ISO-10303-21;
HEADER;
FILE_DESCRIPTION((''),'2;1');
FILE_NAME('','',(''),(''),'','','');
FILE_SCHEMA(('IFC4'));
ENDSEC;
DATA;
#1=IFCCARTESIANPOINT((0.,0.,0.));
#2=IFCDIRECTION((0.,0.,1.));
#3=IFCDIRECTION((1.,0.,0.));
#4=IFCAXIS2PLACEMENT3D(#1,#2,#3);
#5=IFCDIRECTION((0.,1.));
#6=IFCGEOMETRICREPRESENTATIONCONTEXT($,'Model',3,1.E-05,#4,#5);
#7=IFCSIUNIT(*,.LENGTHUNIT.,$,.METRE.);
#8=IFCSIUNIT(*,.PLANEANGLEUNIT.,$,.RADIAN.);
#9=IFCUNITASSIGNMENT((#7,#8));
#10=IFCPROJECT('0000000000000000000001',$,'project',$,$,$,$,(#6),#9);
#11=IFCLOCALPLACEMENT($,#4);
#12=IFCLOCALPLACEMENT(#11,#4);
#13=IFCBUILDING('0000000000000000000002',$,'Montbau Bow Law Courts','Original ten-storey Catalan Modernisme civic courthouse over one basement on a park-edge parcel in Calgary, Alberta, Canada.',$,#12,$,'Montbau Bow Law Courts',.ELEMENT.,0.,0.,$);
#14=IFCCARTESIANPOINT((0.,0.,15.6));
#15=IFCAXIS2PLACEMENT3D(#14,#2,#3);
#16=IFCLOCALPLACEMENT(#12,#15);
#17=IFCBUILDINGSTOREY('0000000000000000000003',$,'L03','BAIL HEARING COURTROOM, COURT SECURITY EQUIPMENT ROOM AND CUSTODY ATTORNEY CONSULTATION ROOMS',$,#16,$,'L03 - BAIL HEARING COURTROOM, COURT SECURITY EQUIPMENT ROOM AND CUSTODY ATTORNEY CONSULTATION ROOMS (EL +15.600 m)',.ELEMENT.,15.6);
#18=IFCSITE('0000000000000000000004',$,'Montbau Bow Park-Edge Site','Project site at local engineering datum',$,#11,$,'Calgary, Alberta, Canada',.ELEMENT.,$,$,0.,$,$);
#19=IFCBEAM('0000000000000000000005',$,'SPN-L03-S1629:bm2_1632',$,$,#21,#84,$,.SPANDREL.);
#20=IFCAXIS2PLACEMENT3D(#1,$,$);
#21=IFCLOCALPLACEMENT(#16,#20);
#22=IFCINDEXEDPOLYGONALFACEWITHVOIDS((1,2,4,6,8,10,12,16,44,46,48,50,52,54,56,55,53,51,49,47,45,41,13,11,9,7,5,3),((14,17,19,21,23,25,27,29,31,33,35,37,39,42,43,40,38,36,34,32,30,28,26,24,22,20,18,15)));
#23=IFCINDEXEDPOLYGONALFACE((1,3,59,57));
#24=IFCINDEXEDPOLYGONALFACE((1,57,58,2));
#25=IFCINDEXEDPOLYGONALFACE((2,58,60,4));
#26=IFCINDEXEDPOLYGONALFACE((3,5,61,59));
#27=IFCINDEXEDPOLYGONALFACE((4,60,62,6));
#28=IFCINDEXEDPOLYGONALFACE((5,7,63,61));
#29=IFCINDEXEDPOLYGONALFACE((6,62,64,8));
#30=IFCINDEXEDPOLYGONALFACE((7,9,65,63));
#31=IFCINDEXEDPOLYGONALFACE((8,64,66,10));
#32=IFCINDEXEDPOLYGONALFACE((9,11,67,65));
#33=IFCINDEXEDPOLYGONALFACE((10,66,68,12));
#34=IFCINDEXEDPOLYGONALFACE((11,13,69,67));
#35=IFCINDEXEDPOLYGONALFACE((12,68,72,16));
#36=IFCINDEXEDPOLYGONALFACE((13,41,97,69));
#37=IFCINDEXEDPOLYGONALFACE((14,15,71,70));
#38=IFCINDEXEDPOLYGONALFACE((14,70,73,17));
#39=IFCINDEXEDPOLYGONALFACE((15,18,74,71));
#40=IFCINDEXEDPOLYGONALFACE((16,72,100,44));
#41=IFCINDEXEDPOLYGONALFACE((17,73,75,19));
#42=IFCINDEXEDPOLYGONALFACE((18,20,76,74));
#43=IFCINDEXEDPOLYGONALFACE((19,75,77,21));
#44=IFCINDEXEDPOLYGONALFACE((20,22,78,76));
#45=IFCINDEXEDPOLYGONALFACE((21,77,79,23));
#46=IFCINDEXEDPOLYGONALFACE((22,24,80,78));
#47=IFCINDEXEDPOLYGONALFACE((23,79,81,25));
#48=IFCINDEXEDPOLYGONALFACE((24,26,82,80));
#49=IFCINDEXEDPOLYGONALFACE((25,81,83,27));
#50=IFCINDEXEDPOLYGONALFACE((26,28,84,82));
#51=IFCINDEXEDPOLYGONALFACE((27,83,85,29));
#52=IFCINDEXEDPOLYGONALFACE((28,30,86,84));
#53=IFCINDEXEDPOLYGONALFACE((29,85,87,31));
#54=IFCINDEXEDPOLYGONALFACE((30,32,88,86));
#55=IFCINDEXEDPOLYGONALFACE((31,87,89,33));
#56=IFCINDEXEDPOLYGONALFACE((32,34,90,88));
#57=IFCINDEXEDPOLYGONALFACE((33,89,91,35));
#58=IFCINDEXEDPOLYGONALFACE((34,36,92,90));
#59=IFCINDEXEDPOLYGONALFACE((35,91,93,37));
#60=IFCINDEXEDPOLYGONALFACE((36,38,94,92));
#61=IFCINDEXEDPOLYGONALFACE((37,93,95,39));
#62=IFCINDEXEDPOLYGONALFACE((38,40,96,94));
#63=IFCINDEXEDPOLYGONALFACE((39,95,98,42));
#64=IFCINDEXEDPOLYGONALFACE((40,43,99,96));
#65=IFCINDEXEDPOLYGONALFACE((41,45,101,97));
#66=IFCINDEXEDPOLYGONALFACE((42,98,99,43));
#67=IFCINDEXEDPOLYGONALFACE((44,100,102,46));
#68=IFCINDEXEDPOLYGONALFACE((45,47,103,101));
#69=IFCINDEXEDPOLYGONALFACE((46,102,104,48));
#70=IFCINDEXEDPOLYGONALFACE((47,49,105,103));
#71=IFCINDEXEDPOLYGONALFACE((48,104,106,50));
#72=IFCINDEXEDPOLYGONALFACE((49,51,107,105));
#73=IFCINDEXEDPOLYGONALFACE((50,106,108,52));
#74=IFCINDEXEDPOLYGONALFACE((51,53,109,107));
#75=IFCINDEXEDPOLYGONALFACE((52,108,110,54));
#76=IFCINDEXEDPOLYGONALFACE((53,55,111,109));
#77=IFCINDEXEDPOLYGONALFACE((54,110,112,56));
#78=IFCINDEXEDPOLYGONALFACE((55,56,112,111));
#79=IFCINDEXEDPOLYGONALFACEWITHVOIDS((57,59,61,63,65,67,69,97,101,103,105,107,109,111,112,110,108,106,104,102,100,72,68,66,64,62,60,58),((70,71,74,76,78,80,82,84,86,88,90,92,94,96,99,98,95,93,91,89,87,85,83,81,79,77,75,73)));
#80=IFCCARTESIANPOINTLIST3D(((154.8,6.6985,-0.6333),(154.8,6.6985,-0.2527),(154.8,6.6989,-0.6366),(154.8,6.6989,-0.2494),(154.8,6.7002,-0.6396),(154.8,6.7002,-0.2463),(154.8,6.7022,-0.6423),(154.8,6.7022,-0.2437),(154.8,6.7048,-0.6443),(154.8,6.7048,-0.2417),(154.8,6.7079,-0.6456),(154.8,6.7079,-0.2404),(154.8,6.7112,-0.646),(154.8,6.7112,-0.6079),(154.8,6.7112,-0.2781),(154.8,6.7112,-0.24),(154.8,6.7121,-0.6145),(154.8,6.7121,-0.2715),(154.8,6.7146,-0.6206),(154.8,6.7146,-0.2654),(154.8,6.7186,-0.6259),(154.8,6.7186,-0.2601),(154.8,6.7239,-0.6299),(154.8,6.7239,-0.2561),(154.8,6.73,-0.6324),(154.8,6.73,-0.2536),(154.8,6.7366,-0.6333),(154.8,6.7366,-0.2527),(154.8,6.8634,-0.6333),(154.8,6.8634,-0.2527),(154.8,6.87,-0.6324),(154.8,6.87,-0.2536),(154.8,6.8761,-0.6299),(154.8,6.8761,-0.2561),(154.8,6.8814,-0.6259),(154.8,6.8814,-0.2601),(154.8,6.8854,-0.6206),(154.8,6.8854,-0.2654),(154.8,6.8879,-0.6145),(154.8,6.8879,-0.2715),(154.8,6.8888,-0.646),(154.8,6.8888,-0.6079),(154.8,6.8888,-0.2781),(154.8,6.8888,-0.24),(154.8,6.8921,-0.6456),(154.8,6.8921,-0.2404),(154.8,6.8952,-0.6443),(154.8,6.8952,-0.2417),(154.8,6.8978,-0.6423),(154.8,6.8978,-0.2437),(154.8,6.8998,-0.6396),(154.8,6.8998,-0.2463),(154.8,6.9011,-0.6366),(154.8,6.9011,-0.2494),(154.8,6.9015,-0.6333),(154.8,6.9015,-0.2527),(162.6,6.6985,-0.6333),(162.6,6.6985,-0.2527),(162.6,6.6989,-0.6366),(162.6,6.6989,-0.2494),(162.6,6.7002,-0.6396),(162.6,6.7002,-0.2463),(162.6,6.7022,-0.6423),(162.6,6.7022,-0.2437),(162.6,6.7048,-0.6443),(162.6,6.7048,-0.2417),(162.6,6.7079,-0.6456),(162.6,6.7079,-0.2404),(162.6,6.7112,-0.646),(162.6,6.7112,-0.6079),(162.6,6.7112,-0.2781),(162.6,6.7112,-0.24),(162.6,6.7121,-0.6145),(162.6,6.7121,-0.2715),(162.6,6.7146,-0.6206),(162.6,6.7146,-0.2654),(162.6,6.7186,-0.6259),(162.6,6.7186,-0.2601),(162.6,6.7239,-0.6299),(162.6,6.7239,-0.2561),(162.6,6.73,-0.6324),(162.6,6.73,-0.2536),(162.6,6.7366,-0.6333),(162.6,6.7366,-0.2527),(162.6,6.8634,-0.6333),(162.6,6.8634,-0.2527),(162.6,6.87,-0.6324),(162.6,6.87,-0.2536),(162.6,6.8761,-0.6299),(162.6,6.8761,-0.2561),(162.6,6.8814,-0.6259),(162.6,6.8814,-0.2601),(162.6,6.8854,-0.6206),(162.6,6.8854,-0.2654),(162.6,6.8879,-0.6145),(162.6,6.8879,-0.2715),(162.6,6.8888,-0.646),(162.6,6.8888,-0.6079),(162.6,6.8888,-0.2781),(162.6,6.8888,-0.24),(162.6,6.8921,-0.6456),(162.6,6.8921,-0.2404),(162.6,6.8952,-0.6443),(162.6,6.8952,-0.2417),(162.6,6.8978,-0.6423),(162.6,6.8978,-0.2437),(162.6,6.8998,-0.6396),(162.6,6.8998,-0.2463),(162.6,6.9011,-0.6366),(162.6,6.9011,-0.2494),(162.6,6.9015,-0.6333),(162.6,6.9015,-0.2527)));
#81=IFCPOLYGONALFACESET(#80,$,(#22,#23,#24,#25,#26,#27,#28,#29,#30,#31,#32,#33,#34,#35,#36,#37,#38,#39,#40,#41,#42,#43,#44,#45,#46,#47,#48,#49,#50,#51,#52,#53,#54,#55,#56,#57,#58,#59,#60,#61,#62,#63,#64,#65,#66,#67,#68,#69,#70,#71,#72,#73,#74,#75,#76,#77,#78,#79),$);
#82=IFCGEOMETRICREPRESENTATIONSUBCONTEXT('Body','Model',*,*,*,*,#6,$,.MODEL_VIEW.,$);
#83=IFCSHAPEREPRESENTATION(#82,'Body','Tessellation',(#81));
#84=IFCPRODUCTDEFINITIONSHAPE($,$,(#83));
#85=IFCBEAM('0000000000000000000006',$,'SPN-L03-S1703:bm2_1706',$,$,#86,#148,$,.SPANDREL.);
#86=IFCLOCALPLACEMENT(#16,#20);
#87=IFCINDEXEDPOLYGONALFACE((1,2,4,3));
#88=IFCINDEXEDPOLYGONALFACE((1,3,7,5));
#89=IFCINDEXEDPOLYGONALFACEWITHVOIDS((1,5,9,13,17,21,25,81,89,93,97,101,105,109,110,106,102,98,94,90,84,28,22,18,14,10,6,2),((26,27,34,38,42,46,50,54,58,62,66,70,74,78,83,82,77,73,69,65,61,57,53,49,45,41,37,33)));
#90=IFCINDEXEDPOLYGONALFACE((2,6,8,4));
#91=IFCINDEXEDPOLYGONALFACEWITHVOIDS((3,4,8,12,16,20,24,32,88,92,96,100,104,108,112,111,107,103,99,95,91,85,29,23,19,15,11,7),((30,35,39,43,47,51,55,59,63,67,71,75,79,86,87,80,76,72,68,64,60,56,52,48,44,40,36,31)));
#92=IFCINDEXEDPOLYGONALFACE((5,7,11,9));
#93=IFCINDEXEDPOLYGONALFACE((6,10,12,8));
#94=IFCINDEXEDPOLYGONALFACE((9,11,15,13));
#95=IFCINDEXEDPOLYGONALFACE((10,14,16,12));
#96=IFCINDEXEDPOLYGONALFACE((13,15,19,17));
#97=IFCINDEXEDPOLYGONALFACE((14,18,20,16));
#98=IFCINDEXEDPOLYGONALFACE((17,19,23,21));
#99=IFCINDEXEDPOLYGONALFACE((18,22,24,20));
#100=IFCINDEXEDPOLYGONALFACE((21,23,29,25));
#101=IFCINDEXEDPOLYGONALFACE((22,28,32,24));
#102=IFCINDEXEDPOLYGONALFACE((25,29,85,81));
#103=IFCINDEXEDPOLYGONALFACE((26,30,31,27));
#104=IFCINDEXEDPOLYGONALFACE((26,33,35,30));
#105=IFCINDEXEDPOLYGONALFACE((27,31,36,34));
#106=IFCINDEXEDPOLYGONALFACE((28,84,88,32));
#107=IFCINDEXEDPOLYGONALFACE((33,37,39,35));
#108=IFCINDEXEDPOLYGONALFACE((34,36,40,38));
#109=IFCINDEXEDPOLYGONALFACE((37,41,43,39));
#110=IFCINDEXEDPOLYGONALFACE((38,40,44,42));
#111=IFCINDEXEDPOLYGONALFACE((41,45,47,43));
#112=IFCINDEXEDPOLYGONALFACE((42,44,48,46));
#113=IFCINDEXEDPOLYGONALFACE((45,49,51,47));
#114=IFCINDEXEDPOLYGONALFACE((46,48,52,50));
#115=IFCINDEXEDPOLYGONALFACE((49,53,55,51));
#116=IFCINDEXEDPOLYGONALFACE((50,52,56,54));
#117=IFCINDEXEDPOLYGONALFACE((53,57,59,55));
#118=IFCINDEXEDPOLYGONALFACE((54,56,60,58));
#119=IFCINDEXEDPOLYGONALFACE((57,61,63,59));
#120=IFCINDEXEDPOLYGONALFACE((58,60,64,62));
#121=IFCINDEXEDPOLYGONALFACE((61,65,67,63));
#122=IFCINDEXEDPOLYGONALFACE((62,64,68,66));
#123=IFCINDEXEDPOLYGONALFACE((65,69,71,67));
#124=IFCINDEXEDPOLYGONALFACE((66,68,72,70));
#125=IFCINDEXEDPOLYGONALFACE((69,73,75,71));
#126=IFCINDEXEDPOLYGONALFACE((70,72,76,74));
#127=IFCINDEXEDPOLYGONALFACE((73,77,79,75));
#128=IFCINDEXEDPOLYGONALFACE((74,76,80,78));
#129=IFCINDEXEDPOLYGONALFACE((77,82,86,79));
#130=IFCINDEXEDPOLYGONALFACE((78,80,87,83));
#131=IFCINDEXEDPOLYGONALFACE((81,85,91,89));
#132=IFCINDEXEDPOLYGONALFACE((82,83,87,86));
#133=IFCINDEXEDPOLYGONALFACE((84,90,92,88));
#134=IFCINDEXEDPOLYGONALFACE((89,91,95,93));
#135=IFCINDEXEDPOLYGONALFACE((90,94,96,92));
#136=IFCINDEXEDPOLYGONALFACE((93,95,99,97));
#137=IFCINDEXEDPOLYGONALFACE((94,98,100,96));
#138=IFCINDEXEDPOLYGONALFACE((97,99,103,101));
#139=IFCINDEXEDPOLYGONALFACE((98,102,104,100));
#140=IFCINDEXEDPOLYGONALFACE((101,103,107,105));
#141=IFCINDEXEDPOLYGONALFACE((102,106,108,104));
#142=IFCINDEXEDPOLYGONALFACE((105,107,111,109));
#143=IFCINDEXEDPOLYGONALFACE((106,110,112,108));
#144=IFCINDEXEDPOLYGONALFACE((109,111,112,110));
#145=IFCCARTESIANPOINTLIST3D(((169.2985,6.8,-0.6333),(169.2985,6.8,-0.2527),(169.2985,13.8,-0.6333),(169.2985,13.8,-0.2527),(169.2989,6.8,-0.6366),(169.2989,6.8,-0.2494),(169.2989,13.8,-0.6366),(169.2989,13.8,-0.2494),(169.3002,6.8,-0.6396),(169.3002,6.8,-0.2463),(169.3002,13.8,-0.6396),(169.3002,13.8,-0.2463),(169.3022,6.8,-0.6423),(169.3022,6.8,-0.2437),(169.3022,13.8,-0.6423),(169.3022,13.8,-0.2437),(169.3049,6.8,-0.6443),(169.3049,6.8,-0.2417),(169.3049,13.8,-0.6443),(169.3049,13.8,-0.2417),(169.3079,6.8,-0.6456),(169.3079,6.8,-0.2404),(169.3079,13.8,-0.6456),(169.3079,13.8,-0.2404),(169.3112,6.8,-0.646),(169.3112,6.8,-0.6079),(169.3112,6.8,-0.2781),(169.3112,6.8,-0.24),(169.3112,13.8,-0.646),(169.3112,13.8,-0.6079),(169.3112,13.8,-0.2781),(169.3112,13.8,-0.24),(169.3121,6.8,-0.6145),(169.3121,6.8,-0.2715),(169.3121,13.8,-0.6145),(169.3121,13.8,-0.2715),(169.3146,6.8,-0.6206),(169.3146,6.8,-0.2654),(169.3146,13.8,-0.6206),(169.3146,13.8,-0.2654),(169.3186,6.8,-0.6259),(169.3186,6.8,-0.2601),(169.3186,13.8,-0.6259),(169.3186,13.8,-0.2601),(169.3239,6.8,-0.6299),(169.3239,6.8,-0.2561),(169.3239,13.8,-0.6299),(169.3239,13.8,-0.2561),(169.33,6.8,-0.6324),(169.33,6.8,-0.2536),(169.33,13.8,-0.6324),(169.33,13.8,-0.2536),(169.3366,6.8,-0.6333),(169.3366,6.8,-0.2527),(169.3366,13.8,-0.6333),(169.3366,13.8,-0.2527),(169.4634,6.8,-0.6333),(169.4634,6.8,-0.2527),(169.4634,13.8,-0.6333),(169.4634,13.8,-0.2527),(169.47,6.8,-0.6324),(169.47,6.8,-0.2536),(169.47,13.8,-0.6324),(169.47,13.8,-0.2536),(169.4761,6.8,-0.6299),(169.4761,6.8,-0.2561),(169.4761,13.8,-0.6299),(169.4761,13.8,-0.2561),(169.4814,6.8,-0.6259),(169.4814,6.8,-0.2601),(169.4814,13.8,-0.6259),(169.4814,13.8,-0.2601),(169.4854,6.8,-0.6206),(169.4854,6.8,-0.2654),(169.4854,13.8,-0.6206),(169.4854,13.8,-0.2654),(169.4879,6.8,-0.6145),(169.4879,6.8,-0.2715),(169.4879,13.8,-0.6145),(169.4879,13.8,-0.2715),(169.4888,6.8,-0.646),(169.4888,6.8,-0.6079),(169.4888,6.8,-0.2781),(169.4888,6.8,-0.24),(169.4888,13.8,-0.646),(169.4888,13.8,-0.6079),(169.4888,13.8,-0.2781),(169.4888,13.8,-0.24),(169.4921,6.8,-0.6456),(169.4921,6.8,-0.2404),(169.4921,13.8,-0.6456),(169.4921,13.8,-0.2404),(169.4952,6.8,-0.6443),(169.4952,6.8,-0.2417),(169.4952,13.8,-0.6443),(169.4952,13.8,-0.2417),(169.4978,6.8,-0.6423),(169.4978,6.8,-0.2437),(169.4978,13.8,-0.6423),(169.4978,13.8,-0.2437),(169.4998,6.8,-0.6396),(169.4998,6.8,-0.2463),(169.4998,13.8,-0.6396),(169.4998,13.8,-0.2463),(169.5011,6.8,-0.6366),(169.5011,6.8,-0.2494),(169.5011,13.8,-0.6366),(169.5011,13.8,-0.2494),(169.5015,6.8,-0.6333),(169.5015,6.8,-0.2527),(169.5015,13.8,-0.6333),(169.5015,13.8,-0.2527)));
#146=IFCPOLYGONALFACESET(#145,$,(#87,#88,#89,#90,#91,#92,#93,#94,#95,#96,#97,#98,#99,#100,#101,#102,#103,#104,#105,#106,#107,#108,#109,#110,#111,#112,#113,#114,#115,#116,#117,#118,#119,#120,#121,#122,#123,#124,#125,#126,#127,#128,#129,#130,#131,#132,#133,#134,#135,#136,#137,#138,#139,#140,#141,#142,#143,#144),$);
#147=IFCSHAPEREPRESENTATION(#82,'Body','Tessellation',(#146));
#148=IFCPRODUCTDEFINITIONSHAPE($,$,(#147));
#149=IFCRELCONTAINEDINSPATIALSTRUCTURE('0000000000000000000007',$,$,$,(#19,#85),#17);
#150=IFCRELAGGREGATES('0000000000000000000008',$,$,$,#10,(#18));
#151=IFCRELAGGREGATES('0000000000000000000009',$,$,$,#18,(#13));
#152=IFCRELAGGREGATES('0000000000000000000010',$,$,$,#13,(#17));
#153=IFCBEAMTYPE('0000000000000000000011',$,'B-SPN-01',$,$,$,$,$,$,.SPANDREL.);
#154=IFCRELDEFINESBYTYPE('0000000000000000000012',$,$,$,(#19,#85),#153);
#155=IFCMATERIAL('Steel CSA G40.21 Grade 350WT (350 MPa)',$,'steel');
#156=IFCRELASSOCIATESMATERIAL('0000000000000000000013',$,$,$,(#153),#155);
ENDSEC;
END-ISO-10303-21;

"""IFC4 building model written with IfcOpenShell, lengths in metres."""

from ifc_helpers import new_model, si_unit, direction, frame, origin_with_axes, origin_2d_with_axis, place, context, subcontext, project, spatial, hollow_rectangle, extrude, material, material_profile, profile_set, type_object, element, save


model = new_model("IFC4")

# Units and contexts
model_context = context("Model", 3, precision=1e-05, world=origin_with_axes(), true_north=direction((0.0, 1.0)))
body_context = subcontext(model_context, "Body", "Model", "MODEL_VIEW")
ifc_project = project(units=[si_unit("LENGTHUNIT", "METRE"), si_unit("PLANEANGLEUNIT", "RADIAN")], contexts=[model_context])

# Site, building, storey
site_placement = place(None, origin_with_axes())
site = spatial("IfcSite", under=ifc_project, at=site_placement, Name="Montbau Bow Park-Edge Site", Description="Project site at local engineering datum", LongName="Calgary, Alberta, Canada", CompositionType="ELEMENT", RefElevation=0.0)
building_placement = place(site_placement, origin_with_axes())
building = spatial("IfcBuilding", under=site, at=building_placement, Name="Montbau Bow Law Courts", Description="Original ten-storey Catalan Modernisme civic courthouse over one basement on a park-edge parcel in Calgary, Alberta, Canada.", LongName="Montbau Bow Law Courts", CompositionType="ELEMENT", ElevationOfRefHeight=0.0, ElevationOfTerrain=0.0)
storey_placement = place(building_placement, frame((0.0, 0.0, 15.6), z_axis=(0.0, 0.0, 1.0), x_axis=(1.0, 0.0, 0.0)))
storey = spatial("IfcBuildingStorey", under=building, at=storey_placement, Name="L03", Description="BAIL HEARING COURTROOM, COURT SECURITY EQUIPMENT ROOM AND CUSTODY ATTORNEY CONSULTATION ROOMS", LongName="L03 - BAIL HEARING COURTROOM, COURT SECURITY EQUIPMENT ROOM AND CUSTODY ATTORNEY CONSULTATION ROOMS (EL +15.600 m)", CompositionType="ELEMENT", Elevation=15.6)

# Beams
ifc_material_1 = material(Name="Steel CSA G40.21 Grade 350WT (350 MPa)", Category="steel")
ifc_material_profile_1 = material_profile(ifc_material_1, hollow_rectangle(XDim=0.203, YDim=0.406, WallThickness=0.0127, InnerFilletRadius=0.0254, OuterFilletRadius=0.0127, at=origin_2d_with_axis()), Name="HSS406X203X13", Category="Main", Priority=0)
ifc_profile_set_1 = profile_set([ifc_material_profile_1], Name="Steel CSA G40.21 Grade 350WT (350 MPa)")
beam_type_1 = type_object("IfcBeamType", Name="B-SPN-01", PredefinedType="SPANDREL", material=ifc_profile_set_1)
beam_1_placement = place(None, frame((154.8, 6.8, 15.157), z_axis=(1.0, 0.0, 0.0), x_axis=(0.0, 1.0, 0.0)))
element("IfcBeam", 1, at=beam_1_placement, inside=storey, type_object=beam_type_1, Name="SPN-L03-S1629:bm2_1632", PredefinedType="SPANDREL", context=body_context, shape_type="SweptSolid", body=[
    extrude(hollow_rectangle(XDim=0.203, YDim=0.406, WallThickness=0.0127, InnerFilletRadius=0.0254, OuterFilletRadius=0.0127, at=origin_2d_with_axis()), origin_with_axes(), (0.0, 0.0, 1.0), 7.8),
])
beam_2_placement = place(None, frame((169.4, 6.8, 15.157), z_axis=(0.0, 1.0, 0.0), x_axis=(-1.0, 0.0, 0.0)))
element("IfcBeam", 2, at=beam_2_placement, inside=storey, type_object=beam_type_1, Name="SPN-L03-S1703:bm2_1706", PredefinedType="SPANDREL", context=body_context, shape_type="SweptSolid", body=[
    extrude(hollow_rectangle(XDim=0.203, YDim=0.406, WallThickness=0.0127, InnerFilletRadius=0.0254, OuterFilletRadius=0.0127, at=origin_2d_with_axis()), origin_with_axes(), (0.0, 0.0, 1.0), 7.0),
])

save(model, "model.ifc")
